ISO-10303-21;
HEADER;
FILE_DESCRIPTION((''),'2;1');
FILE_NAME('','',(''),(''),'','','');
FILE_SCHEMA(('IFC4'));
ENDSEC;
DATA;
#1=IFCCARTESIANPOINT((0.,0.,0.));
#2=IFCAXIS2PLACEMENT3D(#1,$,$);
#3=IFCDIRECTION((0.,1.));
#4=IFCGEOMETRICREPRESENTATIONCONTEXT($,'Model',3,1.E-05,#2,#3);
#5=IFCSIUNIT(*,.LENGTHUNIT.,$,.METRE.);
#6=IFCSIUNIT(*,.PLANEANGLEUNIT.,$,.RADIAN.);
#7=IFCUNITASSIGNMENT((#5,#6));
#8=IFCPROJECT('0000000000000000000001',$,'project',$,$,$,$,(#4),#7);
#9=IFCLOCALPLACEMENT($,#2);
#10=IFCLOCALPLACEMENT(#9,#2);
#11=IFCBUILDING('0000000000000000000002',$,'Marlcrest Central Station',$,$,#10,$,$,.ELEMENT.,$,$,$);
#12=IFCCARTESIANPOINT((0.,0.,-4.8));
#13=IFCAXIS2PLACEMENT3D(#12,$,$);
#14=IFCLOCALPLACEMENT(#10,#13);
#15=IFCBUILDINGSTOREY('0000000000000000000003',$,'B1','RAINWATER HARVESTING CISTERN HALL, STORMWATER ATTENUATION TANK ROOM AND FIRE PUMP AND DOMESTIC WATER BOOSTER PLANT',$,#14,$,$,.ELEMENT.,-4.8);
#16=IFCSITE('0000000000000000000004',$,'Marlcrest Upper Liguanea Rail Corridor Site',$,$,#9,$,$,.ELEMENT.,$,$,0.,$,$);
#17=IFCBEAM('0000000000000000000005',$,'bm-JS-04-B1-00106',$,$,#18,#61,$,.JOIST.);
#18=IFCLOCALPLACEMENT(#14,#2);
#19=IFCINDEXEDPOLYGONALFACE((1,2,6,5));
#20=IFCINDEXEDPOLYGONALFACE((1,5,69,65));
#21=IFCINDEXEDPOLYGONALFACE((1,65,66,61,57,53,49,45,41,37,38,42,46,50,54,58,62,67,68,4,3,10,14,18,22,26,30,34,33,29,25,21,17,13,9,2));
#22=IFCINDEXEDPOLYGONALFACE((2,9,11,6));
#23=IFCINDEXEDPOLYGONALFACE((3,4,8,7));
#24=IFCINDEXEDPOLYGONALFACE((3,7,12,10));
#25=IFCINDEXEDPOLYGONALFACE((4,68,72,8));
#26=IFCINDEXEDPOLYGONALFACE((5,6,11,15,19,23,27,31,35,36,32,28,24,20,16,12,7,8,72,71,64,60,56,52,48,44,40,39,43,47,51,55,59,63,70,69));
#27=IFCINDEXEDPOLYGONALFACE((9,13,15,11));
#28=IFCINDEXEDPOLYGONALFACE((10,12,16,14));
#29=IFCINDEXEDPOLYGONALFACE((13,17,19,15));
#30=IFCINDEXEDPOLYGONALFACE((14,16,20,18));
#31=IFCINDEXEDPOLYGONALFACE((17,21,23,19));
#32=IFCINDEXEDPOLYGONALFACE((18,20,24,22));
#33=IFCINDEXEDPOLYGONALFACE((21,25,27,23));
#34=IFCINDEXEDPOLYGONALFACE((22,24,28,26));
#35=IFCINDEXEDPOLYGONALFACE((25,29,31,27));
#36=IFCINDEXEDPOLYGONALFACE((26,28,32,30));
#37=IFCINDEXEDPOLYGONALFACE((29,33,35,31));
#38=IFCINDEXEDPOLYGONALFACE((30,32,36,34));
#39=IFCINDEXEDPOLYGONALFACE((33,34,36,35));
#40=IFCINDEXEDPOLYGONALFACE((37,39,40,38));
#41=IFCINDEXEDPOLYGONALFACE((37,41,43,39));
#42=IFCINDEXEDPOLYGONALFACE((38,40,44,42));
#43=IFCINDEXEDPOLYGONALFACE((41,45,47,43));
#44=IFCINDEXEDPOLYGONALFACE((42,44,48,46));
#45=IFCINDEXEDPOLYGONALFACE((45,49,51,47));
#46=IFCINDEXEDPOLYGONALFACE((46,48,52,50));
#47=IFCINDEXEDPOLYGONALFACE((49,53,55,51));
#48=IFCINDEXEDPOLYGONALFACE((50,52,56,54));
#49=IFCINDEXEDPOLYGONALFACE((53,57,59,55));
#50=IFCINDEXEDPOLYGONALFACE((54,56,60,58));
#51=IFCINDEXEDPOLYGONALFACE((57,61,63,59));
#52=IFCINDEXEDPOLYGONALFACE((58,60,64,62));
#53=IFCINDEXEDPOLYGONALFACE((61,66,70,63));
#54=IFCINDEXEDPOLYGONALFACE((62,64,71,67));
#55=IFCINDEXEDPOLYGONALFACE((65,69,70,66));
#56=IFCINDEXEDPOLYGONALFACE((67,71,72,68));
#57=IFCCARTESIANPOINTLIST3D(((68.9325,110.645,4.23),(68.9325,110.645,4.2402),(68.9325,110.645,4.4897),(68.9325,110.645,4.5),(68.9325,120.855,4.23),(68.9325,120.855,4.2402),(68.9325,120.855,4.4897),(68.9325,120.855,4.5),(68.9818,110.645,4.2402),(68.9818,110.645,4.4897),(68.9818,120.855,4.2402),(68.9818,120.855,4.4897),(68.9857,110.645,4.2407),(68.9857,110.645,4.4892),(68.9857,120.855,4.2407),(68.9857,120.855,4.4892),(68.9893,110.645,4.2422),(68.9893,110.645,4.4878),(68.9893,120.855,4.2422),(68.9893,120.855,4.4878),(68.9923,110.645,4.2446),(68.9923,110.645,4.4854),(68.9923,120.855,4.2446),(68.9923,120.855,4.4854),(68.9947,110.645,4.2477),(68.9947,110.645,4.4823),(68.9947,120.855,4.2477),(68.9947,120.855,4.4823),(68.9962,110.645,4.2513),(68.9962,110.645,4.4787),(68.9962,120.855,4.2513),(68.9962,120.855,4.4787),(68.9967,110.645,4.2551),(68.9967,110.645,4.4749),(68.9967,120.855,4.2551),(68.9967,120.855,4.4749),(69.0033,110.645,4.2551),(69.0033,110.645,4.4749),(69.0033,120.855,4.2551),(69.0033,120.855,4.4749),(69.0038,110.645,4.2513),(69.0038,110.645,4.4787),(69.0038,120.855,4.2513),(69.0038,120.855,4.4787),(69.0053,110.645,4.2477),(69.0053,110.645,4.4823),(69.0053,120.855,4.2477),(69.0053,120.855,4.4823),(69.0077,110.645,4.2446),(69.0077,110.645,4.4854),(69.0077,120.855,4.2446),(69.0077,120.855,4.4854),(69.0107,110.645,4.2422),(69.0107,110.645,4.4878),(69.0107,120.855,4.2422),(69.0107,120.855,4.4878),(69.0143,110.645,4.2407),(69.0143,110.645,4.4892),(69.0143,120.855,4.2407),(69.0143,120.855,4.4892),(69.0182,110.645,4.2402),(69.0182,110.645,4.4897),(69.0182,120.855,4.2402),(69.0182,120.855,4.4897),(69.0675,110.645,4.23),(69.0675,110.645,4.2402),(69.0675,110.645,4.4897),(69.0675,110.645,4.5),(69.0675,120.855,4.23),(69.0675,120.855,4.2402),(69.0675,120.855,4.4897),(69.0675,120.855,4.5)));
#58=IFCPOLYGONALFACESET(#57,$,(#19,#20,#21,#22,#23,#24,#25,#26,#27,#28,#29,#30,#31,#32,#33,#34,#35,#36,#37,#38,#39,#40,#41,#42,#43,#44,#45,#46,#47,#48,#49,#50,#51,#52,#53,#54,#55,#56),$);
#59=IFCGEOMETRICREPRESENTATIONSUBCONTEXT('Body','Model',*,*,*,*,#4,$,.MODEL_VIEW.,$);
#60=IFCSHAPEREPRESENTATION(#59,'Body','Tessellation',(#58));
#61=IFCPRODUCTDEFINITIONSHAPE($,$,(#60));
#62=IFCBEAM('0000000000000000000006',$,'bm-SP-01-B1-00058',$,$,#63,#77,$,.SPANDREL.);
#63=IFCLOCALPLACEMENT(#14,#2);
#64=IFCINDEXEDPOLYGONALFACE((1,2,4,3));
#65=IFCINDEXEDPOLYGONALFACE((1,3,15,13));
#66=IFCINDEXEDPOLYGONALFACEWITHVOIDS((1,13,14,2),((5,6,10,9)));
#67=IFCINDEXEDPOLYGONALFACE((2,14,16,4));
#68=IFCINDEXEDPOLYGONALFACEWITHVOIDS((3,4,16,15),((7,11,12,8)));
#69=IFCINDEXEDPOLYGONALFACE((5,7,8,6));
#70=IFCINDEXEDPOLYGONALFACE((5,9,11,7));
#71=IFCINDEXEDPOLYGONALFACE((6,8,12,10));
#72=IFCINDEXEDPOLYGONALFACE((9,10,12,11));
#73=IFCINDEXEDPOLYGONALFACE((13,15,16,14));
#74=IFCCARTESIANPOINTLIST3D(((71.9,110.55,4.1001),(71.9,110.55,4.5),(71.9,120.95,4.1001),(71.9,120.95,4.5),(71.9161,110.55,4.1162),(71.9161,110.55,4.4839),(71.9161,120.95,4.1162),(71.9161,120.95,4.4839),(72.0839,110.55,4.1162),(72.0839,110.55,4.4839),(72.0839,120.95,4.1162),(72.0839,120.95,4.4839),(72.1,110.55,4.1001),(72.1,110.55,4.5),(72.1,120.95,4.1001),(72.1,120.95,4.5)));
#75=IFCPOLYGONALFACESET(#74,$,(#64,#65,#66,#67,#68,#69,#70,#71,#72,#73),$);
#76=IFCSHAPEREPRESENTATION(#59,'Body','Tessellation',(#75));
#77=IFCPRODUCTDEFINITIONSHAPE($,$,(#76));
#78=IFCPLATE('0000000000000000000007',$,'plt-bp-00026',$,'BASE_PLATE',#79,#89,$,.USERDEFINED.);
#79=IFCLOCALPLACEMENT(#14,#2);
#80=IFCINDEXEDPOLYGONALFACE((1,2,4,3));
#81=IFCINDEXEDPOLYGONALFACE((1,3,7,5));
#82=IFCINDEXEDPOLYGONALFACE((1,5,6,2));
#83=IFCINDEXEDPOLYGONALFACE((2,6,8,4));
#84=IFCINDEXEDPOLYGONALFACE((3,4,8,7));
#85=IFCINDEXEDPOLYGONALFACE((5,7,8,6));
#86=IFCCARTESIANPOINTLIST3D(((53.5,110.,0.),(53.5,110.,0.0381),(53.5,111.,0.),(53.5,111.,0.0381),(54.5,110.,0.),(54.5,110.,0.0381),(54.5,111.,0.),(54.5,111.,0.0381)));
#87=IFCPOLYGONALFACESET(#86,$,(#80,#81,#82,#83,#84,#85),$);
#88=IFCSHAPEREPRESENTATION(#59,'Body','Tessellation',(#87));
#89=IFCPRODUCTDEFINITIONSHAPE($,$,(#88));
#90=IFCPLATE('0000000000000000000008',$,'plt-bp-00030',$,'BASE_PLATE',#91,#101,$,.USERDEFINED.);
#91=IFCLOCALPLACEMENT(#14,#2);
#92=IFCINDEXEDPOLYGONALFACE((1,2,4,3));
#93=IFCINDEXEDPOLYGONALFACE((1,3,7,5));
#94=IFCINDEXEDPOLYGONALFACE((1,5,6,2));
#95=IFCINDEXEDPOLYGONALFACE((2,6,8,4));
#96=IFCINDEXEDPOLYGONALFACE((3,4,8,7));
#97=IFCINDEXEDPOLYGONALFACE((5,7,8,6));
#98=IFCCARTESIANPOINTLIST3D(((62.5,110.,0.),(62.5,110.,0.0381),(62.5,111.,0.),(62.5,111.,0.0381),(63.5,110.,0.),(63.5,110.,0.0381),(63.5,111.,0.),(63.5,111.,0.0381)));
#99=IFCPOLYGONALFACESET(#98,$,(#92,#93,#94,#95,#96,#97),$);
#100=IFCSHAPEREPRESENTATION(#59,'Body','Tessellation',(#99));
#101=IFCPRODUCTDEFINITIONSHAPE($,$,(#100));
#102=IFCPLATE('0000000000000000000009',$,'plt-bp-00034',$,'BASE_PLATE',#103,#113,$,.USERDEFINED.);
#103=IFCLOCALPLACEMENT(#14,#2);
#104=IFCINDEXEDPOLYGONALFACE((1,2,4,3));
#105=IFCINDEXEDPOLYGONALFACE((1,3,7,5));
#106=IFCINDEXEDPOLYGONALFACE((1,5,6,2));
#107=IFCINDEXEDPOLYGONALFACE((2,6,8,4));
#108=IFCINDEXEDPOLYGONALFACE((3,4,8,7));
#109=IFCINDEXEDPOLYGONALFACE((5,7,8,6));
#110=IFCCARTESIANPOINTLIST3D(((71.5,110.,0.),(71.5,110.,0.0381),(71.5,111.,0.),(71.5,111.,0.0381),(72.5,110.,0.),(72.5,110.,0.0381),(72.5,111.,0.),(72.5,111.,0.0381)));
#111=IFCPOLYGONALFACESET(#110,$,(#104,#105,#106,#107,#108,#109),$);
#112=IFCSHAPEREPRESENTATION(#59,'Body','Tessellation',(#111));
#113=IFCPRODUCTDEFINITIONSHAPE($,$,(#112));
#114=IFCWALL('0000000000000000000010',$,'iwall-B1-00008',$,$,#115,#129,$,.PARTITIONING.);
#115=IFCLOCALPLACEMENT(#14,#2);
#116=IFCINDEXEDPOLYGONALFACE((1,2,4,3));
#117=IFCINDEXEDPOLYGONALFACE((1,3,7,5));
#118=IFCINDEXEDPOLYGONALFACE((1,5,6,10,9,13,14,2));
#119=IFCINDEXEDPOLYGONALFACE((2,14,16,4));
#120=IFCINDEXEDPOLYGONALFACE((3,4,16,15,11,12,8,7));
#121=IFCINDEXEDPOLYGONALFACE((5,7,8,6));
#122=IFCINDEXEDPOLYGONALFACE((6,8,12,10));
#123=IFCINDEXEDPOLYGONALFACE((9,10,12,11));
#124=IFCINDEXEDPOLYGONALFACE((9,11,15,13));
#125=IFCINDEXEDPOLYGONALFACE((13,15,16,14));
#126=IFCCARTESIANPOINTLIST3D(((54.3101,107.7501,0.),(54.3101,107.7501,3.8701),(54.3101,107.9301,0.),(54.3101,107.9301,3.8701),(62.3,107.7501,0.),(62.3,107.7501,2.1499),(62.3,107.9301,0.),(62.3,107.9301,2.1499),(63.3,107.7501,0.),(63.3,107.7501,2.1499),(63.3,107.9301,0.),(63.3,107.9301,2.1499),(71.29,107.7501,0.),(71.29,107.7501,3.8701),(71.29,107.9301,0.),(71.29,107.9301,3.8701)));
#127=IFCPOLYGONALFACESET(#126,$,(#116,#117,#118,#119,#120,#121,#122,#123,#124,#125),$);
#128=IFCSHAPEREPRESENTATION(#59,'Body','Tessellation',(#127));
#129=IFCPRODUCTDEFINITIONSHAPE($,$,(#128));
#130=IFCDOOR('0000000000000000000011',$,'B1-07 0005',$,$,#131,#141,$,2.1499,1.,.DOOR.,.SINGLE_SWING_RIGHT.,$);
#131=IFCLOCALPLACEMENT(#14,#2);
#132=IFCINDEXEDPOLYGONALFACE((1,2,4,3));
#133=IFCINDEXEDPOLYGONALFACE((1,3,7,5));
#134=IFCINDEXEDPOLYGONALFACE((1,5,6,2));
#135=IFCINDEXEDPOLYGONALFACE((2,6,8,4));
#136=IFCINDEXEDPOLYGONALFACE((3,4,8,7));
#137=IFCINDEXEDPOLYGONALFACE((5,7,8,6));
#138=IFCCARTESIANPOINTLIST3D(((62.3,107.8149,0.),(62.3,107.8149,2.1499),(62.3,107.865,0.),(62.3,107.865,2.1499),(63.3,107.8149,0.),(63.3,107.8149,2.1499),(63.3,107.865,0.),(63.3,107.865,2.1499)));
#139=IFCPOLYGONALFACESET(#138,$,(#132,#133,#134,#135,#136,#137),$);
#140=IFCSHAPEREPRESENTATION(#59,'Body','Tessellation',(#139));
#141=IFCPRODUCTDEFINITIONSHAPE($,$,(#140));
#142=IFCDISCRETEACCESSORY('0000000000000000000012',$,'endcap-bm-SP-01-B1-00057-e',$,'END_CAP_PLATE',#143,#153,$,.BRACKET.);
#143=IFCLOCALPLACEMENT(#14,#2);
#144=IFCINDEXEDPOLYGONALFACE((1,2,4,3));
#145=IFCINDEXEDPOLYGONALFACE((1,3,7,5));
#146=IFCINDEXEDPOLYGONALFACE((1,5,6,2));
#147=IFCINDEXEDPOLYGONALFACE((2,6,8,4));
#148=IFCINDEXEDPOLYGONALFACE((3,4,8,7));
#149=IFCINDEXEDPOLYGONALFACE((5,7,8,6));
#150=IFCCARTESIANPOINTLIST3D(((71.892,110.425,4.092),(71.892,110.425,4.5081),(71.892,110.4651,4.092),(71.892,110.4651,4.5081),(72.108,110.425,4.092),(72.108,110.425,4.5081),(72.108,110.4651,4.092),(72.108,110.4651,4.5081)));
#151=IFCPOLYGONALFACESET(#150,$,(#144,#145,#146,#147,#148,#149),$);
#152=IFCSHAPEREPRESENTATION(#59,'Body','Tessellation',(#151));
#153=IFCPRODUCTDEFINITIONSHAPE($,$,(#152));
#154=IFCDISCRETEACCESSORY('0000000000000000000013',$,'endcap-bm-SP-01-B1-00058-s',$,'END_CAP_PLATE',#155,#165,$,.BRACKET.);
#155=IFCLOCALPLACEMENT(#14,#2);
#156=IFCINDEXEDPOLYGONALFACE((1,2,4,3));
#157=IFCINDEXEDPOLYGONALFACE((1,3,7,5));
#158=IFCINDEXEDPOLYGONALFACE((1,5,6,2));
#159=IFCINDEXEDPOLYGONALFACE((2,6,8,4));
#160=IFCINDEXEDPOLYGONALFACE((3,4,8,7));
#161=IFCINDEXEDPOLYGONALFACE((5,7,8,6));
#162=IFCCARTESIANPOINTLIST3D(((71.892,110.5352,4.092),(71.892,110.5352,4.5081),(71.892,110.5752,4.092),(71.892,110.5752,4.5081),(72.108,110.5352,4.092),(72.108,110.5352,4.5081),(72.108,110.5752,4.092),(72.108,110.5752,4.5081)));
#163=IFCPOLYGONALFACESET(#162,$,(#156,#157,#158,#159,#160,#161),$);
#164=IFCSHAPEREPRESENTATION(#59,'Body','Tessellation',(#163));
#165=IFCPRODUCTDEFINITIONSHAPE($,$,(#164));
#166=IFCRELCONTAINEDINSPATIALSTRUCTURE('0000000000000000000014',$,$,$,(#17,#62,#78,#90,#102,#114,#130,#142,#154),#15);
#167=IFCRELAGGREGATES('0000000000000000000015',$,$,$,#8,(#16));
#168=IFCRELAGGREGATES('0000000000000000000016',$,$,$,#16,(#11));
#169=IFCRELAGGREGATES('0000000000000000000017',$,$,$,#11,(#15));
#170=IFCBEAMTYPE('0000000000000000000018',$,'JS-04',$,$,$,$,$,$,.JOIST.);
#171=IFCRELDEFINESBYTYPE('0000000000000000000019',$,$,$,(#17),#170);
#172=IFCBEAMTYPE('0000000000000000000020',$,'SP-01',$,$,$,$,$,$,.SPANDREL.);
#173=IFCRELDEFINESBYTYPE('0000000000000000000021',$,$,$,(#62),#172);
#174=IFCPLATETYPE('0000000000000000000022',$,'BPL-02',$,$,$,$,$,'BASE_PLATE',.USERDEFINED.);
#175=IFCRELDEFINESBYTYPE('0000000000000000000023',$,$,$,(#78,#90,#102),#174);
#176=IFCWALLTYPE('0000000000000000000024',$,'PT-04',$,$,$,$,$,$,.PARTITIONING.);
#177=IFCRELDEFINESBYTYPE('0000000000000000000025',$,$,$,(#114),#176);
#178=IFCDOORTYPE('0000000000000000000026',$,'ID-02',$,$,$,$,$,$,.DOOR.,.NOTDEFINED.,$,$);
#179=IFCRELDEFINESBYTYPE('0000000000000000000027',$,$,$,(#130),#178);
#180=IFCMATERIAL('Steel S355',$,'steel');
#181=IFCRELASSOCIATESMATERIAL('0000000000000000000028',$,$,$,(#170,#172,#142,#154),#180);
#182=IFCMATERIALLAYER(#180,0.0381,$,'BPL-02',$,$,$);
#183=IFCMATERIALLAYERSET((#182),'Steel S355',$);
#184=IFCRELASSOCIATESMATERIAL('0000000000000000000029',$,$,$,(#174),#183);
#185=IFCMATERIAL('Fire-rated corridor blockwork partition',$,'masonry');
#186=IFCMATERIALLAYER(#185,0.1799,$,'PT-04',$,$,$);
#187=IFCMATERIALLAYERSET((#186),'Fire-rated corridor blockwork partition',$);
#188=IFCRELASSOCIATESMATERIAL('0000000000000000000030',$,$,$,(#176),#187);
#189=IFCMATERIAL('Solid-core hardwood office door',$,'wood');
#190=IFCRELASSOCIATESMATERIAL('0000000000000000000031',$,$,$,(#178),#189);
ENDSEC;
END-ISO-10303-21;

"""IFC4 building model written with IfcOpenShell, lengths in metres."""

from ifc_helpers import new_model, si_unit, direction, frame, frame_2d, origin, origin_2d, place, context, subcontext, project, spatial, rectangle, hollow_rectangle, i_section, extrude, material, layer, layer_set, material_profile, profile_set, type_object, element, fill, save


model = new_model("IFC4")

# Units and contexts
model_context = context("Model", 3, precision=1e-05, world=origin(), true_north=direction((0.0, 1.0)))
body_context = subcontext(model_context, "Body", "Model", "MODEL_VIEW")
ifc_project = project(units=[si_unit("LENGTHUNIT", "METRE"), si_unit("PLANEANGLEUNIT", "RADIAN")], contexts=[model_context])

# Site, building, storey
site_placement = place(None, origin())
site = spatial("IfcSite", under=ifc_project, at=site_placement, Name="Marlcrest Upper Liguanea Rail Corridor Site", CompositionType="ELEMENT", RefElevation=0.0)
building_placement = place(site_placement, origin())
building = spatial("IfcBuilding", under=site, at=building_placement, Name="Marlcrest Central Station", CompositionType="ELEMENT")
storey_placement = place(building_placement, frame((0.0, 0.0, -4.8)))
storey = spatial("IfcBuildingStorey", under=building, at=storey_placement, Name="B1", Description="RAINWATER HARVESTING CISTERN HALL, STORMWATER ATTENUATION TANK ROOM AND FIRE PUMP AND DOMESTIC WATER BOOSTER PLANT", CompositionType="ELEMENT", Elevation=-4.8)

# Shared definitions
ifc_material_1 = material(Name="Steel S355", Category="steel")

# Beams
ifc_material_profile_1 = material_profile(ifc_material_1, i_section(OverallWidth=0.135, OverallDepth=0.27, WebThickness=0.0066, FlangeThickness=0.0103, FilletRadius=0.0149, at=origin_2d()), Name="IPE 270")
ifc_profile_set_1 = profile_set([ifc_material_profile_1], Name="Steel S355")
beam_type_1 = type_object("IfcBeamType", Name="JS-04", PredefinedType="JOIST", material=ifc_profile_set_1)
for number, where, z_axis, x_axis, name in (
    (1, (69.0, 110.645, 4.365), (0.0, 1.0, 0.0), (-1.0, 0.0, 0.0), "bm-JS-04-B1-00106"),
):
    element("IfcBeam", number, at=place(storey_placement, frame(where, z_axis=z_axis, x_axis=x_axis)), inside=storey, type_object=beam_type_1, Name=name, PredefinedType="JOIST", context=body_context, shape_type="SweptSolid", body=[
        extrude(i_section(OverallWidth=0.135, OverallDepth=0.27, WebThickness=0.0066, FlangeThickness=0.0103, FilletRadius=0.0149, at=origin_2d()), origin(), (0.0, 0.0, 1.0), 10.21),
    ])
ifc_material_profile_2 = material_profile(ifc_material_1, hollow_rectangle(XDim=0.2, YDim=0.3999, WallThickness=0.0161, at=origin_2d()), Name="RHS 400x200x16")
ifc_profile_set_2 = profile_set([ifc_material_profile_2], Name="Steel S355")
beam_type_2 = type_object("IfcBeamType", Name="SP-01", PredefinedType="SPANDREL", material=ifc_profile_set_2)
beam_placement = place(storey_placement, frame((72.0, 110.55, 4.3), z_axis=(0.0, 1.0, 0.0), x_axis=(-1.0, 0.0, 0.0)))
element("IfcBeam", 2, at=beam_placement, inside=storey, type_object=beam_type_2, Name="bm-SP-01-B1-00058", PredefinedType="SPANDREL", context=body_context, shape_type="SweptSolid", body=[
    extrude(hollow_rectangle(XDim=0.2, YDim=0.3999, WallThickness=0.0161, at=origin_2d()), origin(), (0.0, 0.0, 1.0), 10.3999),
])

# Plates
ifc_layer_1 = layer(ifc_material_1, 0.0381, Name="BPL-02")
ifc_layer_set_1 = layer_set([ifc_layer_1], Name="Steel S355")
plate_type = type_object("IfcPlateType", Name="BPL-02", ElementType="BASE_PLATE", PredefinedType="USERDEFINED", material=ifc_layer_set_1)
for number, where, z_axis, x_axis, name in (
    (3, (54.0, 110.5, 0.0), (0.0, 0.0, 1.0), (1.0, 0.0, 0.0), "plt-bp-00026"),
    (4, (63.0, 110.5, 0.0), (0.0, 0.0, 1.0), (1.0, 0.0, 0.0), "plt-bp-00030"),
    (5, (72.0, 110.5, 0.0), (0.0, 0.0, 1.0), (1.0, 0.0, 0.0), "plt-bp-00034"),
):
    element("IfcPlate", number, at=place(storey_placement, frame(where, z_axis=z_axis, x_axis=x_axis)), inside=storey, type_object=plate_type, Name=name, ObjectType="BASE_PLATE", PredefinedType="USERDEFINED", context=body_context, shape_type="SweptSolid", body=[
        extrude(rectangle(XDim=1.0, YDim=1.0, at=origin_2d()), origin(), (0.0, 0.0, 1.0), 0.0381),
    ])

# Wall, opening, door
ifc_material_2 = material(Name="Fire-rated corridor blockwork partition", Category="masonry")
ifc_layer_2 = layer(ifc_material_2, 0.1799, Name="PT-04")
ifc_layer_set_2 = layer_set([ifc_layer_2], Name="Fire-rated corridor blockwork partition")
wall_type = type_object("IfcWallType", Name="PT-04", PredefinedType="PARTITIONING", material=ifc_layer_set_2)
wall_placement = place(storey_placement, frame((54.3101, 107.8401, 0.0), z_axis=(0.0, 0.0, 1.0), x_axis=(1.0, 0.0, 0.0)))
wall = element("IfcWall", 6, at=wall_placement, inside=storey, type_object=wall_type, Name="iwall-B1-00008", PredefinedType="PARTITIONING", context=body_context, shape_type="SweptSolid", body=[
    extrude(rectangle(XDim=16.98, YDim=0.1799, at=frame_2d((8.49, 0.0))), origin(), (0.0, 0.0, 1.0), 3.8701),
])
opening_placement = place(wall_placement, frame((7.99, 0.0, 0.0)))
opening = element("IfcOpeningElement", 7, at=opening_placement, cuts=wall, PredefinedType="OPENING", context=body_context, shape_type="SweptSolid", body=[
    extrude(rectangle(XDim=1.0, YDim=2.1499, at=frame_2d((0.5, 1.075))), frame((0.0, 0.0999, 0.0), z_axis=(0.0, -1.0, 0.0), x_axis=(1.0, 0.0, 0.0)), (0.0, 0.0, 1.0), 0.2),
])
ifc_material_3 = material(Name="Solid-core hardwood office door", Category="wood")
door_type = type_object("IfcDoorType", Name="ID-02", OperationType="NOTDEFINED", PredefinedType="DOOR", material=ifc_material_3)
door_placement = place(opening_placement, origin())
door = element("IfcDoor", 8, at=door_placement, inside=storey, type_object=door_type, Name="B1-07 0005", OperationType="SINGLE_SWING_RIGHT", OverallHeight=2.1499, OverallWidth=1.0, PredefinedType="DOOR", context=body_context, shape_type="SweptSolid", body=[
    extrude(rectangle(XDim=1.0, YDim=2.1499, at=frame_2d((0.5, 1.075))), frame((0.0, 0.0249, 0.0), z_axis=(0.0, -1.0, 0.0), x_axis=(1.0, 0.0, 0.0)), (0.0, 0.0, 1.0), 0.05),
])
fill(opening, door)

# Discrete accessories
for number, where, z_axis, x_axis, name in (
    (9, (72.0, 110.425, 4.3), (0.0, 1.0, 0.0), (-1.0, 0.0, 0.0), "endcap-bm-SP-01-B1-00057-e"),
    (10, (72.0, 110.5352, 4.3), (0.0, 1.0, 0.0), (-1.0, 0.0, 0.0), "endcap-bm-SP-01-B1-00058-s"),
):
    element("IfcDiscreteAccessory", number, at=place(storey_placement, frame(where, z_axis=z_axis, x_axis=x_axis)), inside=storey, material=ifc_material_1, Name=name, ObjectType="END_CAP_PLATE", PredefinedType="BRACKET", context=body_context, shape_type="SweptSolid", body=[
        extrude(rectangle(XDim=0.2161, YDim=0.416, at=origin_2d()), origin(), (0.0, 0.0, 1.0), 0.04),
    ])

save(model, "model.ifc")
